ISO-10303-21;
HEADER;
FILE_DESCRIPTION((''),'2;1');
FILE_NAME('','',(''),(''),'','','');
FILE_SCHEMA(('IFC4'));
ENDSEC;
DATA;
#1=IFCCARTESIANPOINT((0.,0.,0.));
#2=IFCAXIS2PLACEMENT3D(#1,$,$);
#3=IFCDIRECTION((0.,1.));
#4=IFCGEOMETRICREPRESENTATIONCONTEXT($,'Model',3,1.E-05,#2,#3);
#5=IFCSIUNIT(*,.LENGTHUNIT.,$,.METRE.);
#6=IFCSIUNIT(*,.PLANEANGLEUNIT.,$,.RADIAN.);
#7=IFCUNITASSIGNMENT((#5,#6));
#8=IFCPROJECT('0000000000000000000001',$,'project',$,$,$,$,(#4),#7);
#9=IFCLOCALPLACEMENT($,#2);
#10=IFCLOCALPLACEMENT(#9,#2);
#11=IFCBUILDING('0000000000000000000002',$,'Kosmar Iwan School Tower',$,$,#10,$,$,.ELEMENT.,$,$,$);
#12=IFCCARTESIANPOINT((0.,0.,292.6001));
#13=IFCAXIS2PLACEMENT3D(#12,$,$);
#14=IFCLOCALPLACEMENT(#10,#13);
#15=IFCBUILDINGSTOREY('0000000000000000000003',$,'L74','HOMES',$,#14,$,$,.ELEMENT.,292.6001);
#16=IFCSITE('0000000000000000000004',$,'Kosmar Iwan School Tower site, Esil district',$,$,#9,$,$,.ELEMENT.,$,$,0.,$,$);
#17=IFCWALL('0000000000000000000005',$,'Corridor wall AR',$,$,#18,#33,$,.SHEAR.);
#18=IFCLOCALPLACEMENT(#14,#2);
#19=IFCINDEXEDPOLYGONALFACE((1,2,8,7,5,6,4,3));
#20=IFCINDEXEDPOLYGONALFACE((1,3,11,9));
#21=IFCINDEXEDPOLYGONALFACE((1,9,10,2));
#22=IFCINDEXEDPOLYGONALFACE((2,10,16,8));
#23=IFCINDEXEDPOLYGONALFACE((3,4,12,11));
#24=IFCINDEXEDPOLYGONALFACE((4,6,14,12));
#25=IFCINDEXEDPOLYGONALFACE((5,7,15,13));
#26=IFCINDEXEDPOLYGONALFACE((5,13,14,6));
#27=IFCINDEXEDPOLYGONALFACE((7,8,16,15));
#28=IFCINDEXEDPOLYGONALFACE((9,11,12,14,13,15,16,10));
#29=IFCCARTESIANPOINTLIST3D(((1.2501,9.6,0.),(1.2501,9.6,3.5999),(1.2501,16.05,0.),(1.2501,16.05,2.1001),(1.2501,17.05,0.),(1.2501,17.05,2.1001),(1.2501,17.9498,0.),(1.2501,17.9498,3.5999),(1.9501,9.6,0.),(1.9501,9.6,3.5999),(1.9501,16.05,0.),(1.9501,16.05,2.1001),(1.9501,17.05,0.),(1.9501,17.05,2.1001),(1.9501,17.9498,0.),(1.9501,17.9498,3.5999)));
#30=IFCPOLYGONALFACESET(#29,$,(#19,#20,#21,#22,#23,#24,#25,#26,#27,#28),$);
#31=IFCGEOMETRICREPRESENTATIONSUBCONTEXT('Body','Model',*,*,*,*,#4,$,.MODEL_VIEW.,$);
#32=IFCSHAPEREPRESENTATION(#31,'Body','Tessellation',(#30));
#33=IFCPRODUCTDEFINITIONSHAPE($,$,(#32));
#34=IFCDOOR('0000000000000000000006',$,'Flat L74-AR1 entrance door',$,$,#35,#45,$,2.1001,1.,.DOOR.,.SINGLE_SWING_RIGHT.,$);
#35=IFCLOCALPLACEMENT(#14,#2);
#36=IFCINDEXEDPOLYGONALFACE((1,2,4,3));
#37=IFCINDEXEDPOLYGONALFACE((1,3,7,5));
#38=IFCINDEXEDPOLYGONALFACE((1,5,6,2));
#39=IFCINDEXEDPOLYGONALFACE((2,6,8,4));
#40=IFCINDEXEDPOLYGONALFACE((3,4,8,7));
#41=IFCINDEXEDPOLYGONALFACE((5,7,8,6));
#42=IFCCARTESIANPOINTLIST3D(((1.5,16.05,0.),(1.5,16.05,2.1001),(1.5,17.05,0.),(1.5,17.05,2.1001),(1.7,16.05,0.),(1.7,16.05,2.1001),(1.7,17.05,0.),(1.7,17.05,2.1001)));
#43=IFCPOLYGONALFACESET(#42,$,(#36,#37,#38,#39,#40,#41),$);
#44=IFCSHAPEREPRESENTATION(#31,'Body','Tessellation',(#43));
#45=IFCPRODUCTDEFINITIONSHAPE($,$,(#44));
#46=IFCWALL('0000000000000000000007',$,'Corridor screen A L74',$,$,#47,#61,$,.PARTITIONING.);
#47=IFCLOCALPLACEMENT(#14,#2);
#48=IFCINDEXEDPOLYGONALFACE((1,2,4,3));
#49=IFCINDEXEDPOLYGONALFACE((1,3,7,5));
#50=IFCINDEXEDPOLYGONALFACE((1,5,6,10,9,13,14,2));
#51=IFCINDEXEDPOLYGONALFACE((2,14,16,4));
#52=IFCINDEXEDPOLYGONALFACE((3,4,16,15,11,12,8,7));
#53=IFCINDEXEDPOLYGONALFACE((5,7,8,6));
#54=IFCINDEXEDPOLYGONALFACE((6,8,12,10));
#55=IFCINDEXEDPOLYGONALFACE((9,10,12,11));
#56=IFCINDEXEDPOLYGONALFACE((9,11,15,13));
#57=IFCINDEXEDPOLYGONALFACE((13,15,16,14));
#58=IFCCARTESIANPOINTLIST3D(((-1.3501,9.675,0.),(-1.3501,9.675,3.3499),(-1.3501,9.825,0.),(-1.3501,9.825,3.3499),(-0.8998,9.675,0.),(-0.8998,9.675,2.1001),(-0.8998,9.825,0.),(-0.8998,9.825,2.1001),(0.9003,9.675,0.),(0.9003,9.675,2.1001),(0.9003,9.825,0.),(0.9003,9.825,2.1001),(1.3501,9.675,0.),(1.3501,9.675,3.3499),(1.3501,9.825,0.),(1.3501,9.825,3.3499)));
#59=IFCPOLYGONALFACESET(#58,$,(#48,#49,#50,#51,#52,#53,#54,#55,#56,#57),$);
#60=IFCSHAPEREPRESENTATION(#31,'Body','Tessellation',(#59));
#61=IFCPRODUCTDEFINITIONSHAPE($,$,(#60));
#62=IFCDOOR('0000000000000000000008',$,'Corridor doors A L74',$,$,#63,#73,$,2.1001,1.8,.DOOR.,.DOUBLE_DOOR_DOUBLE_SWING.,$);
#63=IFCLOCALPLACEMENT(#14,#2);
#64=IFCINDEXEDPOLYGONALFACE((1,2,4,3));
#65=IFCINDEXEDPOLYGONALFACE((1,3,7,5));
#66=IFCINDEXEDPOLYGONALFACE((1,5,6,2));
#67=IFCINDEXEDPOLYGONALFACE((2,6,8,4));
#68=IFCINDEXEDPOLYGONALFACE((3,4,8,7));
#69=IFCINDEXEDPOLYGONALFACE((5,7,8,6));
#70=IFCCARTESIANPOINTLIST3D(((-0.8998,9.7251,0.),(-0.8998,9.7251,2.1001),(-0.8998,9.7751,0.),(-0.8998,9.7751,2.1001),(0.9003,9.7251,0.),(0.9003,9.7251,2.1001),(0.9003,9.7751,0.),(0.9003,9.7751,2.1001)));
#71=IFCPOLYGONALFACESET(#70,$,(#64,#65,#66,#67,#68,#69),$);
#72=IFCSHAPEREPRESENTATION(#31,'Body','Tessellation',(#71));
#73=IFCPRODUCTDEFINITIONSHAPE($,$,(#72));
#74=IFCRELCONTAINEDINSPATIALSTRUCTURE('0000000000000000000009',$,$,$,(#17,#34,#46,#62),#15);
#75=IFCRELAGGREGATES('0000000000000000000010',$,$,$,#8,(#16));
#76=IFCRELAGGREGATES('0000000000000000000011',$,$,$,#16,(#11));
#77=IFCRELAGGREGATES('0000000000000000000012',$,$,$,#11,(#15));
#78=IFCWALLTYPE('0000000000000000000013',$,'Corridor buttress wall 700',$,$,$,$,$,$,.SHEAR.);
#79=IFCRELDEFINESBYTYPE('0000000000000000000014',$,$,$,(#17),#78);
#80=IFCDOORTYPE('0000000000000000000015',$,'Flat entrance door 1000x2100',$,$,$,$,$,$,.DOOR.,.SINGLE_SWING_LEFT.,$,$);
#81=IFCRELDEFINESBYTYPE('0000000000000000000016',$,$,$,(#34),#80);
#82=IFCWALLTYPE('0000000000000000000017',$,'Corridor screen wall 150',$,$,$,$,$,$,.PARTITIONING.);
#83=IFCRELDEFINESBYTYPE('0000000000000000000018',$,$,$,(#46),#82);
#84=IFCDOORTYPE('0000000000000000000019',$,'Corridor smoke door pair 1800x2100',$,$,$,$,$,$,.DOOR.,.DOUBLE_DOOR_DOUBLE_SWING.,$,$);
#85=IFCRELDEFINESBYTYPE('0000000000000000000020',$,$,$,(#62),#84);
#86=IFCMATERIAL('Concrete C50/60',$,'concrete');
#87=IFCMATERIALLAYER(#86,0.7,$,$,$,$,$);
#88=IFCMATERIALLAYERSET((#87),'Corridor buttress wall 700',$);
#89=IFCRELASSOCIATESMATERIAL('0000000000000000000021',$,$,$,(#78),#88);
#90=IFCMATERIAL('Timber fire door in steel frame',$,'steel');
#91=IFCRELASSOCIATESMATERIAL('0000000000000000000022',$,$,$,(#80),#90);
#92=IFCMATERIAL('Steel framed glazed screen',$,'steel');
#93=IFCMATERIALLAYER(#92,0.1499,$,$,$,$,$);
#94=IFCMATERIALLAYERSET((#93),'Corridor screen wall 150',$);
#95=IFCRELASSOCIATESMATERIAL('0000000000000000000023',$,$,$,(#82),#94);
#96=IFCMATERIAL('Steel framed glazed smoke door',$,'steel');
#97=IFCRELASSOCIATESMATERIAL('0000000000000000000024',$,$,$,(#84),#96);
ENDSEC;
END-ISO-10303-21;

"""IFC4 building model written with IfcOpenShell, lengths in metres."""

from ifc_helpers import new_model, si_unit, direction, frame, frame_2d, origin, place, context, subcontext, project, spatial, rectangle, extrude, material, layer, layer_set, type_object, element, fill, save


model = new_model("IFC4")

# Units and contexts
model_context = context("Model", 3, precision=1e-05, world=origin(), true_north=direction((0.0, 1.0)))
body_context = subcontext(model_context, "Body", "Model", "MODEL_VIEW")
ifc_project = project(units=[si_unit("LENGTHUNIT", "METRE"), si_unit("PLANEANGLEUNIT", "RADIAN")], contexts=[model_context])

# Site, building, storey
site_placement = place(None, origin())
site = spatial("IfcSite", under=ifc_project, at=site_placement, Name="Kosmar Iwan School Tower site, Esil district", CompositionType="ELEMENT", RefElevation=0.0)
building_placement = place(site_placement, origin())
building = spatial("IfcBuilding", under=site, at=building_placement, Name="Kosmar Iwan School Tower", CompositionType="ELEMENT")
storey_placement = place(building_placement, frame((0.0, 0.0, 292.6001)))
storey = spatial("IfcBuildingStorey", under=building, at=storey_placement, Name="L74", Description="HOMES", CompositionType="ELEMENT", Elevation=292.6001)

# Walls, openings, doors
ifc_material_1 = material(Name="Concrete C50/60", Category="concrete")
ifc_layer_1 = layer(ifc_material_1, 0.7)
ifc_layer_set_1 = layer_set([ifc_layer_1], Name="Corridor buttress wall 700")
wall_type_1 = type_object("IfcWallType", Name="Corridor buttress wall 700", PredefinedType="SHEAR", material=ifc_layer_set_1)
wall_1_placement = place(storey_placement, frame((1.6001, 9.6001, 0.0), z_axis=(0.0, 0.0, 1.0), x_axis=(0.0, 1.0, 0.0)))
wall_1 = element("IfcWall", 1, at=wall_1_placement, inside=storey, type_object=wall_type_1, Name="Corridor wall AR", PredefinedType="SHEAR", context=body_context, shape_type="SweptSolid", body=[
    extrude(rectangle(XDim=8.3499, YDim=0.7, at=frame_2d((4.1748, 0.0))), origin(), (0.0, 0.0, 1.0), 3.5999),
])
opening_1_placement = place(wall_1_placement, frame((6.45, 0.0, 0.0)))
opening_1 = element("IfcOpeningElement", 2, at=opening_1_placement, cuts=wall_1, PredefinedType="OPENING", context=body_context, shape_type="SweptSolid", body=[
    extrude(rectangle(XDim=1.0, YDim=2.1001, at=frame_2d((0.5, 1.05))), frame((0.0, 0.3621, 0.0), z_axis=(0.0, -1.0, 0.0), x_axis=(1.0, 0.0, 0.0)), (0.0, 0.0, 1.0), 0.7239),
])
ifc_material_2 = material(Name="Timber fire door in steel frame", Category="steel")
door_type_1 = type_object("IfcDoorType", Name="Flat entrance door 1000x2100", OperationType="SINGLE_SWING_LEFT", PredefinedType="DOOR", material=ifc_material_2)
door_1_placement = place(opening_1_placement, origin())
door_1 = element("IfcDoor", 3, at=door_1_placement, inside=storey, type_object=door_type_1, Name="Flat L74-AR1 entrance door", OperationType="SINGLE_SWING_RIGHT", OverallHeight=2.1001, OverallWidth=1.0, PredefinedType="DOOR", context=body_context, shape_type="SweptSolid", body=[
    extrude(rectangle(XDim=1.0, YDim=2.1001, at=frame_2d((0.5, 1.05))), frame((0.0, 0.1001, 0.0), z_axis=(0.0, -1.0, 0.0), x_axis=(1.0, 0.0, 0.0)), (0.0, 0.0, 1.0), 0.2),
])
fill(opening_1, door_1)
ifc_material_3 = material(Name="Steel framed glazed screen", Category="steel")
ifc_layer_2 = layer(ifc_material_3, 0.1499)
ifc_layer_set_2 = layer_set([ifc_layer_2], Name="Corridor screen wall 150")
wall_type_2 = type_object("IfcWallType", Name="Corridor screen wall 150", PredefinedType="PARTITIONING", material=ifc_layer_set_2)
wall_2_placement = place(storey_placement, frame((1.3501, 9.75, 0.0), z_axis=(0.0, 0.0, 1.0), x_axis=(-1.0, 0.0, 0.0)))
wall_2 = element("IfcWall", 4, at=wall_2_placement, inside=storey, type_object=wall_type_2, Name="Corridor screen A L74", PredefinedType="PARTITIONING", context=body_context, shape_type="SweptSolid", body=[
    extrude(rectangle(XDim=2.7002, YDim=0.1499, at=frame_2d((1.3501, 0.0))), origin(), (0.0, 0.0, 1.0), 3.3499),
])
opening_2_placement = place(wall_2_placement, frame((0.45, 0.0, 0.0)))
opening_2 = element("IfcOpeningElement", 5, at=opening_2_placement, cuts=wall_2, PredefinedType="OPENING", context=body_context, shape_type="SweptSolid", body=[
    extrude(rectangle(XDim=1.8, YDim=2.1001, at=frame_2d((0.8999, 1.05))), frame((0.0, 0.0869, 0.0), z_axis=(0.0, -1.0, 0.0), x_axis=(1.0, 0.0, 0.0)), (0.0, 0.0, 1.0), 0.1738),
])
ifc_material_4 = material(Name="Steel framed glazed smoke door", Category="steel")
door_type_2 = type_object("IfcDoorType", Name="Corridor smoke door pair 1800x2100", OperationType="DOUBLE_DOOR_DOUBLE_SWING", PredefinedType="DOOR", material=ifc_material_4)
door_2_placement = place(opening_2_placement, origin())
door_2 = element("IfcDoor", 6, at=door_2_placement, inside=storey, type_object=door_type_2, Name="Corridor doors A L74", OperationType="DOUBLE_DOOR_DOUBLE_SWING", OverallHeight=2.1001, OverallWidth=1.8, PredefinedType="DOOR", context=body_context, shape_type="SweptSolid", body=[
    extrude(rectangle(XDim=1.8, YDim=2.1001, at=frame_2d((0.8999, 1.05))), frame((0.0, 0.0249, 0.0), z_axis=(0.0, -1.0, 0.0), x_axis=(1.0, 0.0, 0.0)), (0.0, 0.0, 1.0), 0.05),
])
fill(opening_2, door_2)

save(model, "model.ifc")
